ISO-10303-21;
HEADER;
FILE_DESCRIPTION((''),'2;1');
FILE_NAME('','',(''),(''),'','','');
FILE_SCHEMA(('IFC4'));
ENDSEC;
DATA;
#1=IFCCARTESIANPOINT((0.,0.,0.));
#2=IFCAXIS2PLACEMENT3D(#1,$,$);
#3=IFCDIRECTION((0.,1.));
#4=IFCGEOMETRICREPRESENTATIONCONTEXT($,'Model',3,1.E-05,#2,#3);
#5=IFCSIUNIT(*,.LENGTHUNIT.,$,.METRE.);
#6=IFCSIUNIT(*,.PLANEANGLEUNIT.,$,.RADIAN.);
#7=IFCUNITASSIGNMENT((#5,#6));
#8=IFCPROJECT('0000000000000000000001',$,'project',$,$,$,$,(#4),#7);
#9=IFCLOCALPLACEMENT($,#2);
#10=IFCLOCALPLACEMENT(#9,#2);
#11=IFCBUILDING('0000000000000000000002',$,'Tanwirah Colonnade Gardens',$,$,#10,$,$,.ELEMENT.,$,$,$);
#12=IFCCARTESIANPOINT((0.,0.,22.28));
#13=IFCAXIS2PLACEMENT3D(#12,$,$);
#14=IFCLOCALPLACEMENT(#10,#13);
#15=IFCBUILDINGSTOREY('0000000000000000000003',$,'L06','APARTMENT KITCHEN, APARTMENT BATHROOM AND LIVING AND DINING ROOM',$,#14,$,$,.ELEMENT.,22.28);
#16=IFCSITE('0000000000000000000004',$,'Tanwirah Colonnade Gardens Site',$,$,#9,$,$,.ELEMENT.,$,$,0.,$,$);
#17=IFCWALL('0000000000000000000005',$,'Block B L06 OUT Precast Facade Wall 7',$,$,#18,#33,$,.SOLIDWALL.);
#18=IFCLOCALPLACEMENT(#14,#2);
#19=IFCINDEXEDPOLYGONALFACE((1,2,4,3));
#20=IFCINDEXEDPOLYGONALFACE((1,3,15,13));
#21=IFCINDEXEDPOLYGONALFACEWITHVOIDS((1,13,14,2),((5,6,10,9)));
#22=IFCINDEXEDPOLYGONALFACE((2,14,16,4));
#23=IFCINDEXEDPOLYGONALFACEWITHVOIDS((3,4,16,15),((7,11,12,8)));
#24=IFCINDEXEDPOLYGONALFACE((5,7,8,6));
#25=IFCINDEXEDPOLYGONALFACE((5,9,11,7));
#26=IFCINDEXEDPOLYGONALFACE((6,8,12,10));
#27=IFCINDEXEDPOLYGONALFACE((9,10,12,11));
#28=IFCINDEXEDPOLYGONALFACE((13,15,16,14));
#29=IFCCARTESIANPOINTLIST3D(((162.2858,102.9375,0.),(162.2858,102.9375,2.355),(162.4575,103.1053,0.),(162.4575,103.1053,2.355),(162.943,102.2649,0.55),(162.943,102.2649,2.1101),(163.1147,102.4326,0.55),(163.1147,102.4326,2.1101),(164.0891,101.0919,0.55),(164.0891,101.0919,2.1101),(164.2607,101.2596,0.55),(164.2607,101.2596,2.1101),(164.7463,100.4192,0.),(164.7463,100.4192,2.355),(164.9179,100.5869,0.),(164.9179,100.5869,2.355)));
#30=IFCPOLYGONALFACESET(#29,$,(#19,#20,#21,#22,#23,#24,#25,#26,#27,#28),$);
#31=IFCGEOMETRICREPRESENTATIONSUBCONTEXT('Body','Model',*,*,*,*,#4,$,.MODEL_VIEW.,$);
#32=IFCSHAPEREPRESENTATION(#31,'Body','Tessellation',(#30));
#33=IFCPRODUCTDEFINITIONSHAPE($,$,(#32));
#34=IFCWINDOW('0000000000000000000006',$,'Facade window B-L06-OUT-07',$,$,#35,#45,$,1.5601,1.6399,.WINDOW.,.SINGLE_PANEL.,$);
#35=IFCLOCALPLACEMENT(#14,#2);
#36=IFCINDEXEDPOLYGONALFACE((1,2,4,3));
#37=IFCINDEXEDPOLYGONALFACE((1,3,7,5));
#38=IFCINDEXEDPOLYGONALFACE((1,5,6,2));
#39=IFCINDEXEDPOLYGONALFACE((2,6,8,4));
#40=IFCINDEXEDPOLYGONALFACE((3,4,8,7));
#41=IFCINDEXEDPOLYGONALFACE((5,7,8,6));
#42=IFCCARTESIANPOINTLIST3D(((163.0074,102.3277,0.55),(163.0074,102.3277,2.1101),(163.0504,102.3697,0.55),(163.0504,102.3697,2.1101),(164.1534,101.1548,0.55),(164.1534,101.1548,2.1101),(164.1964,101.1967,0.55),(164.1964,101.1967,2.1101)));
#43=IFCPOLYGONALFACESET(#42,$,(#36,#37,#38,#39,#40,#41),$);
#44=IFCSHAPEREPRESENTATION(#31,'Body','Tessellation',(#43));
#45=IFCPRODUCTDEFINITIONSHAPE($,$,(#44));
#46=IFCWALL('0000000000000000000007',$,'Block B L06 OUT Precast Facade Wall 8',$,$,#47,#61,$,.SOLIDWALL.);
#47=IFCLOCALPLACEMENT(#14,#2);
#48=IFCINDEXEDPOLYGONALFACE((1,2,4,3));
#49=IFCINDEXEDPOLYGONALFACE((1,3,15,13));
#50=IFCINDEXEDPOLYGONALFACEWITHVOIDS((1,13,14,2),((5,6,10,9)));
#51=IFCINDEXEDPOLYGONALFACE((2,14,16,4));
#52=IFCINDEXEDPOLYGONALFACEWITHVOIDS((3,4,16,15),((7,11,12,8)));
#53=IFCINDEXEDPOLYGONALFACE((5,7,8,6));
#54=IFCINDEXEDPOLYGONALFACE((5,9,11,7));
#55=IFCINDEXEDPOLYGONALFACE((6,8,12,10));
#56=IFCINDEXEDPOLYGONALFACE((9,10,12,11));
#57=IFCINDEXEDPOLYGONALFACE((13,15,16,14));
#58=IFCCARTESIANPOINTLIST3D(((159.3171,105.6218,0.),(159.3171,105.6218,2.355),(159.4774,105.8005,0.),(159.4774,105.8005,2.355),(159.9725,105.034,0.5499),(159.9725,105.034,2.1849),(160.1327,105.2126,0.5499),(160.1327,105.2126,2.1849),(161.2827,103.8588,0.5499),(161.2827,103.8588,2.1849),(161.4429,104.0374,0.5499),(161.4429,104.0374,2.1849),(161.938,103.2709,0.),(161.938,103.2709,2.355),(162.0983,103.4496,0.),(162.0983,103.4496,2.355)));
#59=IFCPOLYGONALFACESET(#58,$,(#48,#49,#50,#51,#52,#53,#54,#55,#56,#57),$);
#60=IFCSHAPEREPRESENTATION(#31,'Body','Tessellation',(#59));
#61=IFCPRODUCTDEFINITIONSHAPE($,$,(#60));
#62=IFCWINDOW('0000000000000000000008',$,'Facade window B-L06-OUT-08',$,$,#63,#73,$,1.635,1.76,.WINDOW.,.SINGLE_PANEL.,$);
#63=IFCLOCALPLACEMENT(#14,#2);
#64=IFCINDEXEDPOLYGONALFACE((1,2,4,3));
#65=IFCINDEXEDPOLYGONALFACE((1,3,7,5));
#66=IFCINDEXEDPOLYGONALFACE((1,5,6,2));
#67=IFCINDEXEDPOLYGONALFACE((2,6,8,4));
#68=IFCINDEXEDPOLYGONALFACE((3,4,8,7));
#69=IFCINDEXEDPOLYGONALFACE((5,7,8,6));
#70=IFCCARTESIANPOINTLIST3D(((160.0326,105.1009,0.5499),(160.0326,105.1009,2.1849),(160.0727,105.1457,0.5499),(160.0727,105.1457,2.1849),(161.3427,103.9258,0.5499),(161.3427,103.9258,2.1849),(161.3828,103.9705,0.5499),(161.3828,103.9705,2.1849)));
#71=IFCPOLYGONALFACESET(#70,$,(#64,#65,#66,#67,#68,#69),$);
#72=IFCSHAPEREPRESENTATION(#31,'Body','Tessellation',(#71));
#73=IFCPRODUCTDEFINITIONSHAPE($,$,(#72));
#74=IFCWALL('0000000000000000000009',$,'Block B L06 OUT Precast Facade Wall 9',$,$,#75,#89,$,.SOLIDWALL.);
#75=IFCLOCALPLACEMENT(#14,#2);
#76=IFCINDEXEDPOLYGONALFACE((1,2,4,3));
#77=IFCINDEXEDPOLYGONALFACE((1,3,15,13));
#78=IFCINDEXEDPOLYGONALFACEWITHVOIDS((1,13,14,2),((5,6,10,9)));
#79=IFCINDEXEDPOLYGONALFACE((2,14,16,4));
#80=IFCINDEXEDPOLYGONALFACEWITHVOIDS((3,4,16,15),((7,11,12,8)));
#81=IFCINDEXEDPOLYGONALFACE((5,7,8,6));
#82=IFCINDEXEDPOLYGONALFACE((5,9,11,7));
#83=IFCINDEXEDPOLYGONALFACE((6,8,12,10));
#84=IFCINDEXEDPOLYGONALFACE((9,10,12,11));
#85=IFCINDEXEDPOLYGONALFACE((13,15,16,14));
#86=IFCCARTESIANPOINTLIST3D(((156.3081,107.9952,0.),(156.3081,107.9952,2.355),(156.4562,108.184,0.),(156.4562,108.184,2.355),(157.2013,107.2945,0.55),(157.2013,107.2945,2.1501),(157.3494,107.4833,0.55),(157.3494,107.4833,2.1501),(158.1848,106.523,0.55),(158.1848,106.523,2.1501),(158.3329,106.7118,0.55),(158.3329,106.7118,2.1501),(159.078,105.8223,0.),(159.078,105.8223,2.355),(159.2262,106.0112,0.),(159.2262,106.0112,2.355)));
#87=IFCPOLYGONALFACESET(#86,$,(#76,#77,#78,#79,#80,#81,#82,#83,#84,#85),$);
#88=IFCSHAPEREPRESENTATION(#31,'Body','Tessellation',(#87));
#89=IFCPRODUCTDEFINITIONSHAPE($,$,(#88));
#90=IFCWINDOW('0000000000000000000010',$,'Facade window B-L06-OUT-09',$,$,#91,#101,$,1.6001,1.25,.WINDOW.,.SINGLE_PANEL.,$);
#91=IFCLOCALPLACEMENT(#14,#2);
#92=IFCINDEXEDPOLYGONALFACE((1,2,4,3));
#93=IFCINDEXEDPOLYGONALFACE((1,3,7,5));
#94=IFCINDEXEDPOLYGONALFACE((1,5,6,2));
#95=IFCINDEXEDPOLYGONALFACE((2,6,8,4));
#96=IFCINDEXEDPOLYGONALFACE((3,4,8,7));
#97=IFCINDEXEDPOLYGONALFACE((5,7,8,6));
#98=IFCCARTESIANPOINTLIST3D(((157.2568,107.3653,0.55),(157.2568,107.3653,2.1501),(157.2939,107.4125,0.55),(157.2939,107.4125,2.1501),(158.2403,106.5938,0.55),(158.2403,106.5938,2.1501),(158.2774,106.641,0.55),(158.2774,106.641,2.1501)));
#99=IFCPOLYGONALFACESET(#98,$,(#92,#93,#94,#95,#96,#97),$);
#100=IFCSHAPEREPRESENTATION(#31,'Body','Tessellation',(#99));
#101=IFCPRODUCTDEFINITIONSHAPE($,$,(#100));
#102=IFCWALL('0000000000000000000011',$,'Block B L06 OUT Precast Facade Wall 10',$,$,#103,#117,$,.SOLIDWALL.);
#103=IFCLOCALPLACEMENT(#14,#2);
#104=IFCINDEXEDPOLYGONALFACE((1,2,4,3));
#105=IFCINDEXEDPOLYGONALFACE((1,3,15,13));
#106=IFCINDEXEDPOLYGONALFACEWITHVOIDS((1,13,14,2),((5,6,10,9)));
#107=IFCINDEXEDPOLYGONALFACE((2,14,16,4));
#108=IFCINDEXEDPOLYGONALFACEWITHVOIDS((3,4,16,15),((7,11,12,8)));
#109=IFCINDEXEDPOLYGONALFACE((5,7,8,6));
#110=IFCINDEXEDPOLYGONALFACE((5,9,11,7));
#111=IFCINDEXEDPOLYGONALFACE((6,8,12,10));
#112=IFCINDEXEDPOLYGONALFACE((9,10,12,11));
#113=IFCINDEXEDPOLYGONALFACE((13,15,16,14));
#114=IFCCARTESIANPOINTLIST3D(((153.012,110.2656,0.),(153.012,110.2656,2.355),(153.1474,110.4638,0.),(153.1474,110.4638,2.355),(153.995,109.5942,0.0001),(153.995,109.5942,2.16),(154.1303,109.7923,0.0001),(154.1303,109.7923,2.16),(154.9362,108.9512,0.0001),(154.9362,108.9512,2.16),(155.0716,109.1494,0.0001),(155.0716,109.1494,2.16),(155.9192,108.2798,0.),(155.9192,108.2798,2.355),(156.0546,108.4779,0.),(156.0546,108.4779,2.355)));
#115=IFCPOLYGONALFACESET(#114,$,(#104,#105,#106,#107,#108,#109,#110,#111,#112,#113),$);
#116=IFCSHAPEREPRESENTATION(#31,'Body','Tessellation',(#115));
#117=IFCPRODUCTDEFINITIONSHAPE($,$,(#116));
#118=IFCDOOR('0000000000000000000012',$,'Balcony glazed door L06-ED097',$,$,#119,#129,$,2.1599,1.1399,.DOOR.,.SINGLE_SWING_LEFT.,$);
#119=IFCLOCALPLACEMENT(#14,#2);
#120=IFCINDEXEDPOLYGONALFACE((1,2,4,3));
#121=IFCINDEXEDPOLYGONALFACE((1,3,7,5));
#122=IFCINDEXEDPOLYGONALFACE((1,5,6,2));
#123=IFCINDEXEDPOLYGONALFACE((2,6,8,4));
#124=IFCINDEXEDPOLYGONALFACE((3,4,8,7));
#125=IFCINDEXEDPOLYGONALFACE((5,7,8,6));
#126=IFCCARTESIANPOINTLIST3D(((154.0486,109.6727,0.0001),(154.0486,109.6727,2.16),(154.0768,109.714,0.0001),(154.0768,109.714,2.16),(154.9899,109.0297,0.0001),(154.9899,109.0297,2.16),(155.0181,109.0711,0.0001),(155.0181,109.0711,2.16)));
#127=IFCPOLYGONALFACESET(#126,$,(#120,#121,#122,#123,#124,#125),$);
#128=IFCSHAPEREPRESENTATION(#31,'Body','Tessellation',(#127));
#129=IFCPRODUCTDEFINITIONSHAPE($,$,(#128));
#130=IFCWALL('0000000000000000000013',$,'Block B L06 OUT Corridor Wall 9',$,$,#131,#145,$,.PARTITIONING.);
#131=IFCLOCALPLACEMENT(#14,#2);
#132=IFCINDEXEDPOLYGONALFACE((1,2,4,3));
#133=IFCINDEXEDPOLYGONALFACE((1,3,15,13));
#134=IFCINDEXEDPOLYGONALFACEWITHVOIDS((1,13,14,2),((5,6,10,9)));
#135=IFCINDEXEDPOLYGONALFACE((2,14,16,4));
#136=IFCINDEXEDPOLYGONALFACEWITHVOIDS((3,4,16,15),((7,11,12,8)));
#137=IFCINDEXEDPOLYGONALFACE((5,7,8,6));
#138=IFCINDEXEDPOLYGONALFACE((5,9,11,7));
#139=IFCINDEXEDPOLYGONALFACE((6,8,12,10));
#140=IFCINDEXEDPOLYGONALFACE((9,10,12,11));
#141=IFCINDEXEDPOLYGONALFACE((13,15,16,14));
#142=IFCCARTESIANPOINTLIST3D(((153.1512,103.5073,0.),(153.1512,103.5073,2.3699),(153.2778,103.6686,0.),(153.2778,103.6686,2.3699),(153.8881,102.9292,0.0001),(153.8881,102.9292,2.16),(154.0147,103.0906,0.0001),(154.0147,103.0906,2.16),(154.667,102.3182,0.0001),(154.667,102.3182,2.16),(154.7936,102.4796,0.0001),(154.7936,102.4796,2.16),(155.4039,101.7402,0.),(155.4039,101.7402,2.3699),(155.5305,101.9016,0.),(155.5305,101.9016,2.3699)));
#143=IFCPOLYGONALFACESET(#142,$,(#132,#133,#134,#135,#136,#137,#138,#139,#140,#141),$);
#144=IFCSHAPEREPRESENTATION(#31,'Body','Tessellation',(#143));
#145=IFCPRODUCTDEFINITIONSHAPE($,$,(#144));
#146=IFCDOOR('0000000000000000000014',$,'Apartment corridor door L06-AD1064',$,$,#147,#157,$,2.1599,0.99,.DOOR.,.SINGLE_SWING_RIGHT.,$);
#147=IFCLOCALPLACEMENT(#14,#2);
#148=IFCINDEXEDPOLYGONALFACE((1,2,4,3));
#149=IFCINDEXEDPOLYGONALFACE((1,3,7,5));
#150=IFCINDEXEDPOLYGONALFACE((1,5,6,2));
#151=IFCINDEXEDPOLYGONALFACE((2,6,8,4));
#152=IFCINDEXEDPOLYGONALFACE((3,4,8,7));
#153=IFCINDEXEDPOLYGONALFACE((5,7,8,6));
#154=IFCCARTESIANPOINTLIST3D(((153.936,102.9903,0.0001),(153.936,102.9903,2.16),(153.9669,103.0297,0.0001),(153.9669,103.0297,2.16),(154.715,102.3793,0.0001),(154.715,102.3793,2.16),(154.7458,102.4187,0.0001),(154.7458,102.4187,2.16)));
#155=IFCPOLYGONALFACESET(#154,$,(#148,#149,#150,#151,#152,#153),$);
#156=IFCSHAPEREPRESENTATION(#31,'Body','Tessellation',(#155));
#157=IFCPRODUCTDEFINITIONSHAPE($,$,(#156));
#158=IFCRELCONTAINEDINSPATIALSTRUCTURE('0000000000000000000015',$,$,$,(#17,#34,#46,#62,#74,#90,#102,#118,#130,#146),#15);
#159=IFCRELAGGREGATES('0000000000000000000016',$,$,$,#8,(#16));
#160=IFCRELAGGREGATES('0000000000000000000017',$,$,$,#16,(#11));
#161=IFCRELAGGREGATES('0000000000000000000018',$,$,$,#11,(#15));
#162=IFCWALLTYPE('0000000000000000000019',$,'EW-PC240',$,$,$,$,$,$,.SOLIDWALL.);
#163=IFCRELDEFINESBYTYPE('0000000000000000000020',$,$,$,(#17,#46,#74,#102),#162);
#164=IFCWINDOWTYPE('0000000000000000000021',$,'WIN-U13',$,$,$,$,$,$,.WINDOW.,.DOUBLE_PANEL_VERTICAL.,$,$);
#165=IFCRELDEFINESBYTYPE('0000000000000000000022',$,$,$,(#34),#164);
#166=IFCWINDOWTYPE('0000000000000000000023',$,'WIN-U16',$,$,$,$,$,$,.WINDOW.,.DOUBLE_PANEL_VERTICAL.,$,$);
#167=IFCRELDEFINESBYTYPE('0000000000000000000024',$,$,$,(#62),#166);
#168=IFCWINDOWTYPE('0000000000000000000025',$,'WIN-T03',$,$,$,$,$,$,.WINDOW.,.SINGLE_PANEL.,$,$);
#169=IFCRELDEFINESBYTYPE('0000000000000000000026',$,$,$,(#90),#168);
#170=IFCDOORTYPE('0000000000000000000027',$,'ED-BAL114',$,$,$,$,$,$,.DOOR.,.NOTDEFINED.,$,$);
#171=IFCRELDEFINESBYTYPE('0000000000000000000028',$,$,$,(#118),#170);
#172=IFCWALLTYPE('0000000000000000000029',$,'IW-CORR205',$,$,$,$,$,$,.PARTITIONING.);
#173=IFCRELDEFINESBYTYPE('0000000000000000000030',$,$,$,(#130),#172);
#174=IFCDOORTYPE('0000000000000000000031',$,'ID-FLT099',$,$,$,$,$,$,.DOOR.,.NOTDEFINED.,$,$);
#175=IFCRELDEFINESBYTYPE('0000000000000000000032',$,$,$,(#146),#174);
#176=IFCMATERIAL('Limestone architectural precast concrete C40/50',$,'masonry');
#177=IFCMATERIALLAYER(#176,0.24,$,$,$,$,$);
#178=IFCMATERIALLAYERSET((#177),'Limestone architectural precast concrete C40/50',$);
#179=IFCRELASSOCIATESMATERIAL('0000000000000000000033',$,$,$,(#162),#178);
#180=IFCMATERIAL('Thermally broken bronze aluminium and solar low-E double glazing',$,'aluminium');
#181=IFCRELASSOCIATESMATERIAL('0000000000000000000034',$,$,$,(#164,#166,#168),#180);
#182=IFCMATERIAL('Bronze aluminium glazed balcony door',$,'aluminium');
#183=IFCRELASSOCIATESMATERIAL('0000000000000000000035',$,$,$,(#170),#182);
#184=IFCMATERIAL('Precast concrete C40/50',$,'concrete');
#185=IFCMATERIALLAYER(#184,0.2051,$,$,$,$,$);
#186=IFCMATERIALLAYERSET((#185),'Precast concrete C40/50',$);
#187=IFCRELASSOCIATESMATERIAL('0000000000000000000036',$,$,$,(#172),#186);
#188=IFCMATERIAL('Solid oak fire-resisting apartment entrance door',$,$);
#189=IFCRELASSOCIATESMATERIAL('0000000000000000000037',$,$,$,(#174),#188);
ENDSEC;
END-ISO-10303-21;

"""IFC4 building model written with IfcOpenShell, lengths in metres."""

from ifc_helpers import new_model, si_unit, direction, frame, frame_2d, origin, place, context, subcontext, project, spatial, rectangle, extrude, material, layer, layer_set, type_object, element, fill, save


model = new_model("IFC4")

# Units and contexts
model_context = context("Model", 3, precision=1e-05, world=origin(), true_north=direction((0.0, 1.0)))
body_context = subcontext(model_context, "Body", "Model", "MODEL_VIEW")
ifc_project = project(units=[si_unit("LENGTHUNIT", "METRE"), si_unit("PLANEANGLEUNIT", "RADIAN")], contexts=[model_context])

# Site, building, storey
site_placement = place(None, origin())
site = spatial("IfcSite", under=ifc_project, at=site_placement, Name="Tanwirah Colonnade Gardens Site", CompositionType="ELEMENT", RefElevation=0.0)
building_placement = place(site_placement, origin())
building = spatial("IfcBuilding", under=site, at=building_placement, Name="Tanwirah Colonnade Gardens", CompositionType="ELEMENT")
storey_placement = place(building_placement, frame((0.0, 0.0, 22.28)))
storey = spatial("IfcBuildingStorey", under=building, at=storey_placement, Name="L06", Description="APARTMENT KITCHEN, APARTMENT BATHROOM AND LIVING AND DINING ROOM", CompositionType="ELEMENT", Elevation=22.28)

# Shared definitions
ifc_material_1 = material(Name="Precast concrete C40/50", Category="concrete")

# Walls, openings, windows
ifc_material_2 = material(Name="Limestone architectural precast concrete C40/50", Category="masonry")
ifc_layer_1 = layer(ifc_material_2, 0.24)
ifc_layer_set_1 = layer_set([ifc_layer_1], Name="Limestone architectural precast concrete C40/50")
wall_type_1 = type_object("IfcWallType", Name="EW-PC240", PredefinedType="SOLIDWALL", material=ifc_layer_set_1)
wall_1_placement = place(storey_placement, frame((164.832, 100.5032, 0.0), z_axis=(0.0, 0.0, 1.0), x_axis=(-0.698842, 0.715276, 0.0)))
wall_1 = element("IfcWall", 1, at=wall_1_placement, inside=storey, type_object=wall_type_1, Name="Block B L06 OUT Precast Facade Wall 7", PredefinedType="SOLIDWALL", context=body_context, shape_type="SweptSolid", body=[
    extrude(rectangle(XDim=3.5208, YDim=0.24, at=frame_2d((1.7603, 0.0))), origin(), (0.0, 0.0, 1.0), 2.355),
])
opening_1_placement = place(wall_1_placement, frame((0.9404, 0.0, 0.55)))
opening_1 = element("IfcOpeningElement", 2, at=opening_1_placement, cuts=wall_1, PredefinedType="OPENING", context=body_context, shape_type="SweptSolid", body=[
    extrude(rectangle(XDim=1.6399, YDim=1.5601, at=frame_2d((0.8198, 0.78))), frame((0.0, 0.1299, 0.0), z_axis=(0.0, -1.0, 0.0), x_axis=(1.0, 0.0, 0.0)), (0.0, 0.0, 1.0), 0.26),
])
ifc_material_3 = material(Name="Thermally broken bronze aluminium and solar low-E double glazing", Category="aluminium")
window_type_1 = type_object("IfcWindowType", Name="WIN-U13", PartitioningType="DOUBLE_PANEL_VERTICAL", PredefinedType="WINDOW", material=ifc_material_3)
window_1_placement = place(opening_1_placement, origin())
window_1 = element("IfcWindow", 3, at=window_1_placement, inside=storey, type_object=window_type_1, Name="Facade window B-L06-OUT-07", OverallHeight=1.5601, OverallWidth=1.6399, PartitioningType="SINGLE_PANEL", PredefinedType="WINDOW", context=body_context, shape_type="SweptSolid", body=[
    extrude(rectangle(XDim=1.6399, YDim=1.5601, at=frame_2d((0.8198, 0.78))), frame((0.0, 0.03, 0.0), z_axis=(0.0, -1.0, 0.0), x_axis=(1.0, 0.0, 0.0)), (0.0, 0.0, 1.0), 0.0601),
])
fill(opening_1, window_1)
wall_2_placement = place(storey_placement, frame((162.0181, 103.3604, 0.0), z_axis=(0.0, 0.0, 1.0), x_axis=(-0.744414, 0.667719, 0.0)))
wall_2 = element("IfcWall", 4, at=wall_2_placement, inside=storey, type_object=wall_type_1, Name="Block B L06 OUT Precast Facade Wall 8", PredefinedType="SOLIDWALL", context=body_context, shape_type="SweptSolid", body=[
    extrude(rectangle(XDim=3.5208, YDim=0.24, at=frame_2d((1.7603, 0.0))), origin(), (0.0, 0.0, 1.0), 2.355),
])
opening_2_placement = place(wall_2_placement, frame((0.8804, 0.0, 0.55)))
opening_2 = element("IfcOpeningElement", 5, at=opening_2_placement, cuts=wall_2, PredefinedType="OPENING", context=body_context, shape_type="SweptSolid", body=[
    extrude(rectangle(XDim=1.76, YDim=1.635, at=frame_2d((0.8799, 0.8174))), frame((0.0, 0.1299, 0.0), z_axis=(0.0, -1.0, 0.0), x_axis=(1.0, 0.0, 0.0)), (0.0, 0.0, 1.0), 0.26),
])
window_type_2 = type_object("IfcWindowType", Name="WIN-U16", PartitioningType="DOUBLE_PANEL_VERTICAL", PredefinedType="WINDOW", material=ifc_material_3)
window_2_placement = place(opening_2_placement, origin())
window_2 = element("IfcWindow", 6, at=window_2_placement, inside=storey, type_object=window_type_2, Name="Facade window B-L06-OUT-08", OverallHeight=1.635, OverallWidth=1.76, PartitioningType="SINGLE_PANEL", PredefinedType="WINDOW", context=body_context, shape_type="SweptSolid", body=[
    extrude(rectangle(XDim=1.76, YDim=1.635, at=frame_2d((0.8799, 0.8174))), frame((0.0, 0.03, 0.0), z_axis=(0.0, -1.0, 0.0), x_axis=(1.0, 0.0, 0.0)), (0.0, 0.0, 1.0), 0.0601),
])
fill(opening_2, window_2)
wall_3_placement = place(storey_placement, frame((159.1521, 105.9167, 0.0), z_axis=(0.0, 0.0, 1.0), x_axis=(-0.786814, 0.61719, 0.0)))
wall_3 = element("IfcWall", 7, at=wall_3_placement, inside=storey, type_object=wall_type_1, Name="Block B L06 OUT Precast Facade Wall 9", PredefinedType="SOLIDWALL", context=body_context, shape_type="SweptSolid", body=[
    extrude(rectangle(XDim=3.5205, YDim=0.24, at=frame_2d((1.7603, 0.0))), origin(), (0.0, 0.0, 1.0), 2.355),
])
opening_3_placement = place(wall_3_placement, frame((1.1353, 0.0, 0.55)))
opening_3 = element("IfcOpeningElement", 8, at=opening_3_placement, cuts=wall_3, PredefinedType="OPENING", context=body_context, shape_type="SweptSolid", body=[
    extrude(rectangle(XDim=1.25, YDim=1.6001, at=frame_2d((0.625, 0.8))), frame((0.0, 0.1299, 0.0), z_axis=(0.0, -1.0, 0.0), x_axis=(1.0, 0.0, 0.0)), (0.0, 0.0, 1.0), 0.26),
])
window_type_3 = type_object("IfcWindowType", Name="WIN-T03", PartitioningType="SINGLE_PANEL", PredefinedType="WINDOW", material=ifc_material_3)
window_3_placement = place(opening_3_placement, origin())
window_3 = element("IfcWindow", 9, at=window_3_placement, inside=storey, type_object=window_type_3, Name="Facade window B-L06-OUT-09", OverallHeight=1.6001, OverallWidth=1.25, PartitioningType="SINGLE_PANEL", PredefinedType="WINDOW", context=body_context, shape_type="SweptSolid", body=[
    extrude(rectangle(XDim=1.25, YDim=1.6001, at=frame_2d((0.625, 0.8))), frame((0.0, 0.03, 0.0), z_axis=(0.0, -1.0, 0.0), x_axis=(1.0, 0.0, 0.0)), (0.0, 0.0, 1.0), 0.0601),
])
fill(opening_3, window_3)

# Walls, openings, doors
wall_4_placement = place(storey_placement, frame((155.9868, 108.3789, 0.0), z_axis=(0.0, 0.0, 1.0), x_axis=(-0.825746, 0.564042, 0.0)))
wall_4 = element("IfcWall", 10, at=wall_4_placement, inside=storey, type_object=wall_type_1, Name="Block B L06 OUT Precast Facade Wall 10", PredefinedType="SOLIDWALL", context=body_context, shape_type="SweptSolid", body=[
    extrude(rectangle(XDim=3.5208, YDim=0.24, at=frame_2d((1.7603, 0.0))), origin(), (0.0, 0.0, 1.0), 2.355),
])
opening_4_placement = place(wall_4_placement, frame((1.1904, 0.0, 0.0)))
opening_4 = element("IfcOpeningElement", 11, at=opening_4_placement, cuts=wall_4, PredefinedType="OPENING", context=body_context, shape_type="SweptSolid", body=[
    extrude(rectangle(XDim=1.1399, YDim=2.1599, at=frame_2d((0.5698, 1.0801))), frame((0.0, 0.1299, 0.0), z_axis=(0.0, -1.0, 0.0), x_axis=(1.0, 0.0, 0.0)), (0.0, 0.0, 1.0), 0.26),
])
ifc_material_4 = material(Name="Bronze aluminium glazed balcony door", Category="aluminium")
door_type_1 = type_object("IfcDoorType", Name="ED-BAL114", OperationType="NOTDEFINED", PredefinedType="DOOR", material=ifc_material_4)
door_1_placement = place(opening_4_placement, origin())
door_1 = element("IfcDoor", 12, at=door_1_placement, inside=storey, type_object=door_type_1, Name="Balcony glazed door L06-ED097", OperationType="SINGLE_SWING_LEFT", OverallHeight=2.1599, OverallWidth=1.1399, PredefinedType="DOOR", context=body_context, shape_type="SweptSolid", body=[
    extrude(rectangle(XDim=1.1399, YDim=2.1599, at=frame_2d((0.5698, 1.0801))), frame((0.0, 0.0249, 0.0), z_axis=(0.0, -1.0, 0.0), x_axis=(1.0, 0.0, 0.0)), (0.0, 0.0, 1.0), 0.05),
])
fill(opening_4, door_1)
ifc_layer_2 = layer(ifc_material_1, 0.2051)
ifc_layer_set_2 = layer_set([ifc_layer_2], Name="Precast concrete C40/50")
wall_type_2 = type_object("IfcWallType", Name="IW-CORR205", PredefinedType="PARTITIONING", material=ifc_layer_set_2)
wall_5_placement = place(storey_placement, frame((155.4673, 101.8208, 0.0), z_axis=(0.0, 0.0, 1.0), x_axis=(-0.786806, 0.6172, 0.0)))
wall_5 = element("IfcWall", 13, at=wall_5_placement, inside=storey, type_object=wall_type_2, Name="Block B L06 OUT Corridor Wall 9", PredefinedType="PARTITIONING", context=body_context, shape_type="SweptSolid", body=[
    extrude(rectangle(XDim=2.863, YDim=0.2051, at=frame_2d((1.4316, 0.0))), origin(), (0.0, 0.0, 1.0), 2.3699),
])
opening_5_placement = place(wall_5_placement, frame((0.9365, 0.0, 0.0)))
opening_5 = element("IfcOpeningElement", 14, at=opening_5_placement, cuts=wall_5, PredefinedType="OPENING", context=body_context, shape_type="SweptSolid", body=[
    extrude(rectangle(XDim=0.99, YDim=2.1599, at=frame_2d((0.4951, 1.0801))), frame((0.0, 0.1125, 0.0), z_axis=(0.0, -1.0, 0.0), x_axis=(1.0, 0.0, 0.0)), (0.0, 0.0, 1.0), 0.2251),
])
ifc_material_5 = material(Name="Solid oak fire-resisting apartment entrance door")
door_type_2 = type_object("IfcDoorType", Name="ID-FLT099", OperationType="NOTDEFINED", PredefinedType="DOOR", material=ifc_material_5)
door_2_placement = place(opening_5_placement, origin())
door_2 = element("IfcDoor", 15, at=door_2_placement, inside=storey, type_object=door_type_2, Name="Apartment corridor door L06-AD1064", OperationType="SINGLE_SWING_RIGHT", OverallHeight=2.1599, OverallWidth=0.99, PredefinedType="DOOR", context=body_context, shape_type="SweptSolid", body=[
    extrude(rectangle(XDim=0.99, YDim=2.1599, at=frame_2d((0.4951, 1.0801))), frame((0.0, 0.0249, 0.0), z_axis=(0.0, -1.0, 0.0), x_axis=(1.0, 0.0, 0.0)), (0.0, 0.0, 1.0), 0.05),
])
fill(opening_5, door_2)

save(model, "model.ifc")
